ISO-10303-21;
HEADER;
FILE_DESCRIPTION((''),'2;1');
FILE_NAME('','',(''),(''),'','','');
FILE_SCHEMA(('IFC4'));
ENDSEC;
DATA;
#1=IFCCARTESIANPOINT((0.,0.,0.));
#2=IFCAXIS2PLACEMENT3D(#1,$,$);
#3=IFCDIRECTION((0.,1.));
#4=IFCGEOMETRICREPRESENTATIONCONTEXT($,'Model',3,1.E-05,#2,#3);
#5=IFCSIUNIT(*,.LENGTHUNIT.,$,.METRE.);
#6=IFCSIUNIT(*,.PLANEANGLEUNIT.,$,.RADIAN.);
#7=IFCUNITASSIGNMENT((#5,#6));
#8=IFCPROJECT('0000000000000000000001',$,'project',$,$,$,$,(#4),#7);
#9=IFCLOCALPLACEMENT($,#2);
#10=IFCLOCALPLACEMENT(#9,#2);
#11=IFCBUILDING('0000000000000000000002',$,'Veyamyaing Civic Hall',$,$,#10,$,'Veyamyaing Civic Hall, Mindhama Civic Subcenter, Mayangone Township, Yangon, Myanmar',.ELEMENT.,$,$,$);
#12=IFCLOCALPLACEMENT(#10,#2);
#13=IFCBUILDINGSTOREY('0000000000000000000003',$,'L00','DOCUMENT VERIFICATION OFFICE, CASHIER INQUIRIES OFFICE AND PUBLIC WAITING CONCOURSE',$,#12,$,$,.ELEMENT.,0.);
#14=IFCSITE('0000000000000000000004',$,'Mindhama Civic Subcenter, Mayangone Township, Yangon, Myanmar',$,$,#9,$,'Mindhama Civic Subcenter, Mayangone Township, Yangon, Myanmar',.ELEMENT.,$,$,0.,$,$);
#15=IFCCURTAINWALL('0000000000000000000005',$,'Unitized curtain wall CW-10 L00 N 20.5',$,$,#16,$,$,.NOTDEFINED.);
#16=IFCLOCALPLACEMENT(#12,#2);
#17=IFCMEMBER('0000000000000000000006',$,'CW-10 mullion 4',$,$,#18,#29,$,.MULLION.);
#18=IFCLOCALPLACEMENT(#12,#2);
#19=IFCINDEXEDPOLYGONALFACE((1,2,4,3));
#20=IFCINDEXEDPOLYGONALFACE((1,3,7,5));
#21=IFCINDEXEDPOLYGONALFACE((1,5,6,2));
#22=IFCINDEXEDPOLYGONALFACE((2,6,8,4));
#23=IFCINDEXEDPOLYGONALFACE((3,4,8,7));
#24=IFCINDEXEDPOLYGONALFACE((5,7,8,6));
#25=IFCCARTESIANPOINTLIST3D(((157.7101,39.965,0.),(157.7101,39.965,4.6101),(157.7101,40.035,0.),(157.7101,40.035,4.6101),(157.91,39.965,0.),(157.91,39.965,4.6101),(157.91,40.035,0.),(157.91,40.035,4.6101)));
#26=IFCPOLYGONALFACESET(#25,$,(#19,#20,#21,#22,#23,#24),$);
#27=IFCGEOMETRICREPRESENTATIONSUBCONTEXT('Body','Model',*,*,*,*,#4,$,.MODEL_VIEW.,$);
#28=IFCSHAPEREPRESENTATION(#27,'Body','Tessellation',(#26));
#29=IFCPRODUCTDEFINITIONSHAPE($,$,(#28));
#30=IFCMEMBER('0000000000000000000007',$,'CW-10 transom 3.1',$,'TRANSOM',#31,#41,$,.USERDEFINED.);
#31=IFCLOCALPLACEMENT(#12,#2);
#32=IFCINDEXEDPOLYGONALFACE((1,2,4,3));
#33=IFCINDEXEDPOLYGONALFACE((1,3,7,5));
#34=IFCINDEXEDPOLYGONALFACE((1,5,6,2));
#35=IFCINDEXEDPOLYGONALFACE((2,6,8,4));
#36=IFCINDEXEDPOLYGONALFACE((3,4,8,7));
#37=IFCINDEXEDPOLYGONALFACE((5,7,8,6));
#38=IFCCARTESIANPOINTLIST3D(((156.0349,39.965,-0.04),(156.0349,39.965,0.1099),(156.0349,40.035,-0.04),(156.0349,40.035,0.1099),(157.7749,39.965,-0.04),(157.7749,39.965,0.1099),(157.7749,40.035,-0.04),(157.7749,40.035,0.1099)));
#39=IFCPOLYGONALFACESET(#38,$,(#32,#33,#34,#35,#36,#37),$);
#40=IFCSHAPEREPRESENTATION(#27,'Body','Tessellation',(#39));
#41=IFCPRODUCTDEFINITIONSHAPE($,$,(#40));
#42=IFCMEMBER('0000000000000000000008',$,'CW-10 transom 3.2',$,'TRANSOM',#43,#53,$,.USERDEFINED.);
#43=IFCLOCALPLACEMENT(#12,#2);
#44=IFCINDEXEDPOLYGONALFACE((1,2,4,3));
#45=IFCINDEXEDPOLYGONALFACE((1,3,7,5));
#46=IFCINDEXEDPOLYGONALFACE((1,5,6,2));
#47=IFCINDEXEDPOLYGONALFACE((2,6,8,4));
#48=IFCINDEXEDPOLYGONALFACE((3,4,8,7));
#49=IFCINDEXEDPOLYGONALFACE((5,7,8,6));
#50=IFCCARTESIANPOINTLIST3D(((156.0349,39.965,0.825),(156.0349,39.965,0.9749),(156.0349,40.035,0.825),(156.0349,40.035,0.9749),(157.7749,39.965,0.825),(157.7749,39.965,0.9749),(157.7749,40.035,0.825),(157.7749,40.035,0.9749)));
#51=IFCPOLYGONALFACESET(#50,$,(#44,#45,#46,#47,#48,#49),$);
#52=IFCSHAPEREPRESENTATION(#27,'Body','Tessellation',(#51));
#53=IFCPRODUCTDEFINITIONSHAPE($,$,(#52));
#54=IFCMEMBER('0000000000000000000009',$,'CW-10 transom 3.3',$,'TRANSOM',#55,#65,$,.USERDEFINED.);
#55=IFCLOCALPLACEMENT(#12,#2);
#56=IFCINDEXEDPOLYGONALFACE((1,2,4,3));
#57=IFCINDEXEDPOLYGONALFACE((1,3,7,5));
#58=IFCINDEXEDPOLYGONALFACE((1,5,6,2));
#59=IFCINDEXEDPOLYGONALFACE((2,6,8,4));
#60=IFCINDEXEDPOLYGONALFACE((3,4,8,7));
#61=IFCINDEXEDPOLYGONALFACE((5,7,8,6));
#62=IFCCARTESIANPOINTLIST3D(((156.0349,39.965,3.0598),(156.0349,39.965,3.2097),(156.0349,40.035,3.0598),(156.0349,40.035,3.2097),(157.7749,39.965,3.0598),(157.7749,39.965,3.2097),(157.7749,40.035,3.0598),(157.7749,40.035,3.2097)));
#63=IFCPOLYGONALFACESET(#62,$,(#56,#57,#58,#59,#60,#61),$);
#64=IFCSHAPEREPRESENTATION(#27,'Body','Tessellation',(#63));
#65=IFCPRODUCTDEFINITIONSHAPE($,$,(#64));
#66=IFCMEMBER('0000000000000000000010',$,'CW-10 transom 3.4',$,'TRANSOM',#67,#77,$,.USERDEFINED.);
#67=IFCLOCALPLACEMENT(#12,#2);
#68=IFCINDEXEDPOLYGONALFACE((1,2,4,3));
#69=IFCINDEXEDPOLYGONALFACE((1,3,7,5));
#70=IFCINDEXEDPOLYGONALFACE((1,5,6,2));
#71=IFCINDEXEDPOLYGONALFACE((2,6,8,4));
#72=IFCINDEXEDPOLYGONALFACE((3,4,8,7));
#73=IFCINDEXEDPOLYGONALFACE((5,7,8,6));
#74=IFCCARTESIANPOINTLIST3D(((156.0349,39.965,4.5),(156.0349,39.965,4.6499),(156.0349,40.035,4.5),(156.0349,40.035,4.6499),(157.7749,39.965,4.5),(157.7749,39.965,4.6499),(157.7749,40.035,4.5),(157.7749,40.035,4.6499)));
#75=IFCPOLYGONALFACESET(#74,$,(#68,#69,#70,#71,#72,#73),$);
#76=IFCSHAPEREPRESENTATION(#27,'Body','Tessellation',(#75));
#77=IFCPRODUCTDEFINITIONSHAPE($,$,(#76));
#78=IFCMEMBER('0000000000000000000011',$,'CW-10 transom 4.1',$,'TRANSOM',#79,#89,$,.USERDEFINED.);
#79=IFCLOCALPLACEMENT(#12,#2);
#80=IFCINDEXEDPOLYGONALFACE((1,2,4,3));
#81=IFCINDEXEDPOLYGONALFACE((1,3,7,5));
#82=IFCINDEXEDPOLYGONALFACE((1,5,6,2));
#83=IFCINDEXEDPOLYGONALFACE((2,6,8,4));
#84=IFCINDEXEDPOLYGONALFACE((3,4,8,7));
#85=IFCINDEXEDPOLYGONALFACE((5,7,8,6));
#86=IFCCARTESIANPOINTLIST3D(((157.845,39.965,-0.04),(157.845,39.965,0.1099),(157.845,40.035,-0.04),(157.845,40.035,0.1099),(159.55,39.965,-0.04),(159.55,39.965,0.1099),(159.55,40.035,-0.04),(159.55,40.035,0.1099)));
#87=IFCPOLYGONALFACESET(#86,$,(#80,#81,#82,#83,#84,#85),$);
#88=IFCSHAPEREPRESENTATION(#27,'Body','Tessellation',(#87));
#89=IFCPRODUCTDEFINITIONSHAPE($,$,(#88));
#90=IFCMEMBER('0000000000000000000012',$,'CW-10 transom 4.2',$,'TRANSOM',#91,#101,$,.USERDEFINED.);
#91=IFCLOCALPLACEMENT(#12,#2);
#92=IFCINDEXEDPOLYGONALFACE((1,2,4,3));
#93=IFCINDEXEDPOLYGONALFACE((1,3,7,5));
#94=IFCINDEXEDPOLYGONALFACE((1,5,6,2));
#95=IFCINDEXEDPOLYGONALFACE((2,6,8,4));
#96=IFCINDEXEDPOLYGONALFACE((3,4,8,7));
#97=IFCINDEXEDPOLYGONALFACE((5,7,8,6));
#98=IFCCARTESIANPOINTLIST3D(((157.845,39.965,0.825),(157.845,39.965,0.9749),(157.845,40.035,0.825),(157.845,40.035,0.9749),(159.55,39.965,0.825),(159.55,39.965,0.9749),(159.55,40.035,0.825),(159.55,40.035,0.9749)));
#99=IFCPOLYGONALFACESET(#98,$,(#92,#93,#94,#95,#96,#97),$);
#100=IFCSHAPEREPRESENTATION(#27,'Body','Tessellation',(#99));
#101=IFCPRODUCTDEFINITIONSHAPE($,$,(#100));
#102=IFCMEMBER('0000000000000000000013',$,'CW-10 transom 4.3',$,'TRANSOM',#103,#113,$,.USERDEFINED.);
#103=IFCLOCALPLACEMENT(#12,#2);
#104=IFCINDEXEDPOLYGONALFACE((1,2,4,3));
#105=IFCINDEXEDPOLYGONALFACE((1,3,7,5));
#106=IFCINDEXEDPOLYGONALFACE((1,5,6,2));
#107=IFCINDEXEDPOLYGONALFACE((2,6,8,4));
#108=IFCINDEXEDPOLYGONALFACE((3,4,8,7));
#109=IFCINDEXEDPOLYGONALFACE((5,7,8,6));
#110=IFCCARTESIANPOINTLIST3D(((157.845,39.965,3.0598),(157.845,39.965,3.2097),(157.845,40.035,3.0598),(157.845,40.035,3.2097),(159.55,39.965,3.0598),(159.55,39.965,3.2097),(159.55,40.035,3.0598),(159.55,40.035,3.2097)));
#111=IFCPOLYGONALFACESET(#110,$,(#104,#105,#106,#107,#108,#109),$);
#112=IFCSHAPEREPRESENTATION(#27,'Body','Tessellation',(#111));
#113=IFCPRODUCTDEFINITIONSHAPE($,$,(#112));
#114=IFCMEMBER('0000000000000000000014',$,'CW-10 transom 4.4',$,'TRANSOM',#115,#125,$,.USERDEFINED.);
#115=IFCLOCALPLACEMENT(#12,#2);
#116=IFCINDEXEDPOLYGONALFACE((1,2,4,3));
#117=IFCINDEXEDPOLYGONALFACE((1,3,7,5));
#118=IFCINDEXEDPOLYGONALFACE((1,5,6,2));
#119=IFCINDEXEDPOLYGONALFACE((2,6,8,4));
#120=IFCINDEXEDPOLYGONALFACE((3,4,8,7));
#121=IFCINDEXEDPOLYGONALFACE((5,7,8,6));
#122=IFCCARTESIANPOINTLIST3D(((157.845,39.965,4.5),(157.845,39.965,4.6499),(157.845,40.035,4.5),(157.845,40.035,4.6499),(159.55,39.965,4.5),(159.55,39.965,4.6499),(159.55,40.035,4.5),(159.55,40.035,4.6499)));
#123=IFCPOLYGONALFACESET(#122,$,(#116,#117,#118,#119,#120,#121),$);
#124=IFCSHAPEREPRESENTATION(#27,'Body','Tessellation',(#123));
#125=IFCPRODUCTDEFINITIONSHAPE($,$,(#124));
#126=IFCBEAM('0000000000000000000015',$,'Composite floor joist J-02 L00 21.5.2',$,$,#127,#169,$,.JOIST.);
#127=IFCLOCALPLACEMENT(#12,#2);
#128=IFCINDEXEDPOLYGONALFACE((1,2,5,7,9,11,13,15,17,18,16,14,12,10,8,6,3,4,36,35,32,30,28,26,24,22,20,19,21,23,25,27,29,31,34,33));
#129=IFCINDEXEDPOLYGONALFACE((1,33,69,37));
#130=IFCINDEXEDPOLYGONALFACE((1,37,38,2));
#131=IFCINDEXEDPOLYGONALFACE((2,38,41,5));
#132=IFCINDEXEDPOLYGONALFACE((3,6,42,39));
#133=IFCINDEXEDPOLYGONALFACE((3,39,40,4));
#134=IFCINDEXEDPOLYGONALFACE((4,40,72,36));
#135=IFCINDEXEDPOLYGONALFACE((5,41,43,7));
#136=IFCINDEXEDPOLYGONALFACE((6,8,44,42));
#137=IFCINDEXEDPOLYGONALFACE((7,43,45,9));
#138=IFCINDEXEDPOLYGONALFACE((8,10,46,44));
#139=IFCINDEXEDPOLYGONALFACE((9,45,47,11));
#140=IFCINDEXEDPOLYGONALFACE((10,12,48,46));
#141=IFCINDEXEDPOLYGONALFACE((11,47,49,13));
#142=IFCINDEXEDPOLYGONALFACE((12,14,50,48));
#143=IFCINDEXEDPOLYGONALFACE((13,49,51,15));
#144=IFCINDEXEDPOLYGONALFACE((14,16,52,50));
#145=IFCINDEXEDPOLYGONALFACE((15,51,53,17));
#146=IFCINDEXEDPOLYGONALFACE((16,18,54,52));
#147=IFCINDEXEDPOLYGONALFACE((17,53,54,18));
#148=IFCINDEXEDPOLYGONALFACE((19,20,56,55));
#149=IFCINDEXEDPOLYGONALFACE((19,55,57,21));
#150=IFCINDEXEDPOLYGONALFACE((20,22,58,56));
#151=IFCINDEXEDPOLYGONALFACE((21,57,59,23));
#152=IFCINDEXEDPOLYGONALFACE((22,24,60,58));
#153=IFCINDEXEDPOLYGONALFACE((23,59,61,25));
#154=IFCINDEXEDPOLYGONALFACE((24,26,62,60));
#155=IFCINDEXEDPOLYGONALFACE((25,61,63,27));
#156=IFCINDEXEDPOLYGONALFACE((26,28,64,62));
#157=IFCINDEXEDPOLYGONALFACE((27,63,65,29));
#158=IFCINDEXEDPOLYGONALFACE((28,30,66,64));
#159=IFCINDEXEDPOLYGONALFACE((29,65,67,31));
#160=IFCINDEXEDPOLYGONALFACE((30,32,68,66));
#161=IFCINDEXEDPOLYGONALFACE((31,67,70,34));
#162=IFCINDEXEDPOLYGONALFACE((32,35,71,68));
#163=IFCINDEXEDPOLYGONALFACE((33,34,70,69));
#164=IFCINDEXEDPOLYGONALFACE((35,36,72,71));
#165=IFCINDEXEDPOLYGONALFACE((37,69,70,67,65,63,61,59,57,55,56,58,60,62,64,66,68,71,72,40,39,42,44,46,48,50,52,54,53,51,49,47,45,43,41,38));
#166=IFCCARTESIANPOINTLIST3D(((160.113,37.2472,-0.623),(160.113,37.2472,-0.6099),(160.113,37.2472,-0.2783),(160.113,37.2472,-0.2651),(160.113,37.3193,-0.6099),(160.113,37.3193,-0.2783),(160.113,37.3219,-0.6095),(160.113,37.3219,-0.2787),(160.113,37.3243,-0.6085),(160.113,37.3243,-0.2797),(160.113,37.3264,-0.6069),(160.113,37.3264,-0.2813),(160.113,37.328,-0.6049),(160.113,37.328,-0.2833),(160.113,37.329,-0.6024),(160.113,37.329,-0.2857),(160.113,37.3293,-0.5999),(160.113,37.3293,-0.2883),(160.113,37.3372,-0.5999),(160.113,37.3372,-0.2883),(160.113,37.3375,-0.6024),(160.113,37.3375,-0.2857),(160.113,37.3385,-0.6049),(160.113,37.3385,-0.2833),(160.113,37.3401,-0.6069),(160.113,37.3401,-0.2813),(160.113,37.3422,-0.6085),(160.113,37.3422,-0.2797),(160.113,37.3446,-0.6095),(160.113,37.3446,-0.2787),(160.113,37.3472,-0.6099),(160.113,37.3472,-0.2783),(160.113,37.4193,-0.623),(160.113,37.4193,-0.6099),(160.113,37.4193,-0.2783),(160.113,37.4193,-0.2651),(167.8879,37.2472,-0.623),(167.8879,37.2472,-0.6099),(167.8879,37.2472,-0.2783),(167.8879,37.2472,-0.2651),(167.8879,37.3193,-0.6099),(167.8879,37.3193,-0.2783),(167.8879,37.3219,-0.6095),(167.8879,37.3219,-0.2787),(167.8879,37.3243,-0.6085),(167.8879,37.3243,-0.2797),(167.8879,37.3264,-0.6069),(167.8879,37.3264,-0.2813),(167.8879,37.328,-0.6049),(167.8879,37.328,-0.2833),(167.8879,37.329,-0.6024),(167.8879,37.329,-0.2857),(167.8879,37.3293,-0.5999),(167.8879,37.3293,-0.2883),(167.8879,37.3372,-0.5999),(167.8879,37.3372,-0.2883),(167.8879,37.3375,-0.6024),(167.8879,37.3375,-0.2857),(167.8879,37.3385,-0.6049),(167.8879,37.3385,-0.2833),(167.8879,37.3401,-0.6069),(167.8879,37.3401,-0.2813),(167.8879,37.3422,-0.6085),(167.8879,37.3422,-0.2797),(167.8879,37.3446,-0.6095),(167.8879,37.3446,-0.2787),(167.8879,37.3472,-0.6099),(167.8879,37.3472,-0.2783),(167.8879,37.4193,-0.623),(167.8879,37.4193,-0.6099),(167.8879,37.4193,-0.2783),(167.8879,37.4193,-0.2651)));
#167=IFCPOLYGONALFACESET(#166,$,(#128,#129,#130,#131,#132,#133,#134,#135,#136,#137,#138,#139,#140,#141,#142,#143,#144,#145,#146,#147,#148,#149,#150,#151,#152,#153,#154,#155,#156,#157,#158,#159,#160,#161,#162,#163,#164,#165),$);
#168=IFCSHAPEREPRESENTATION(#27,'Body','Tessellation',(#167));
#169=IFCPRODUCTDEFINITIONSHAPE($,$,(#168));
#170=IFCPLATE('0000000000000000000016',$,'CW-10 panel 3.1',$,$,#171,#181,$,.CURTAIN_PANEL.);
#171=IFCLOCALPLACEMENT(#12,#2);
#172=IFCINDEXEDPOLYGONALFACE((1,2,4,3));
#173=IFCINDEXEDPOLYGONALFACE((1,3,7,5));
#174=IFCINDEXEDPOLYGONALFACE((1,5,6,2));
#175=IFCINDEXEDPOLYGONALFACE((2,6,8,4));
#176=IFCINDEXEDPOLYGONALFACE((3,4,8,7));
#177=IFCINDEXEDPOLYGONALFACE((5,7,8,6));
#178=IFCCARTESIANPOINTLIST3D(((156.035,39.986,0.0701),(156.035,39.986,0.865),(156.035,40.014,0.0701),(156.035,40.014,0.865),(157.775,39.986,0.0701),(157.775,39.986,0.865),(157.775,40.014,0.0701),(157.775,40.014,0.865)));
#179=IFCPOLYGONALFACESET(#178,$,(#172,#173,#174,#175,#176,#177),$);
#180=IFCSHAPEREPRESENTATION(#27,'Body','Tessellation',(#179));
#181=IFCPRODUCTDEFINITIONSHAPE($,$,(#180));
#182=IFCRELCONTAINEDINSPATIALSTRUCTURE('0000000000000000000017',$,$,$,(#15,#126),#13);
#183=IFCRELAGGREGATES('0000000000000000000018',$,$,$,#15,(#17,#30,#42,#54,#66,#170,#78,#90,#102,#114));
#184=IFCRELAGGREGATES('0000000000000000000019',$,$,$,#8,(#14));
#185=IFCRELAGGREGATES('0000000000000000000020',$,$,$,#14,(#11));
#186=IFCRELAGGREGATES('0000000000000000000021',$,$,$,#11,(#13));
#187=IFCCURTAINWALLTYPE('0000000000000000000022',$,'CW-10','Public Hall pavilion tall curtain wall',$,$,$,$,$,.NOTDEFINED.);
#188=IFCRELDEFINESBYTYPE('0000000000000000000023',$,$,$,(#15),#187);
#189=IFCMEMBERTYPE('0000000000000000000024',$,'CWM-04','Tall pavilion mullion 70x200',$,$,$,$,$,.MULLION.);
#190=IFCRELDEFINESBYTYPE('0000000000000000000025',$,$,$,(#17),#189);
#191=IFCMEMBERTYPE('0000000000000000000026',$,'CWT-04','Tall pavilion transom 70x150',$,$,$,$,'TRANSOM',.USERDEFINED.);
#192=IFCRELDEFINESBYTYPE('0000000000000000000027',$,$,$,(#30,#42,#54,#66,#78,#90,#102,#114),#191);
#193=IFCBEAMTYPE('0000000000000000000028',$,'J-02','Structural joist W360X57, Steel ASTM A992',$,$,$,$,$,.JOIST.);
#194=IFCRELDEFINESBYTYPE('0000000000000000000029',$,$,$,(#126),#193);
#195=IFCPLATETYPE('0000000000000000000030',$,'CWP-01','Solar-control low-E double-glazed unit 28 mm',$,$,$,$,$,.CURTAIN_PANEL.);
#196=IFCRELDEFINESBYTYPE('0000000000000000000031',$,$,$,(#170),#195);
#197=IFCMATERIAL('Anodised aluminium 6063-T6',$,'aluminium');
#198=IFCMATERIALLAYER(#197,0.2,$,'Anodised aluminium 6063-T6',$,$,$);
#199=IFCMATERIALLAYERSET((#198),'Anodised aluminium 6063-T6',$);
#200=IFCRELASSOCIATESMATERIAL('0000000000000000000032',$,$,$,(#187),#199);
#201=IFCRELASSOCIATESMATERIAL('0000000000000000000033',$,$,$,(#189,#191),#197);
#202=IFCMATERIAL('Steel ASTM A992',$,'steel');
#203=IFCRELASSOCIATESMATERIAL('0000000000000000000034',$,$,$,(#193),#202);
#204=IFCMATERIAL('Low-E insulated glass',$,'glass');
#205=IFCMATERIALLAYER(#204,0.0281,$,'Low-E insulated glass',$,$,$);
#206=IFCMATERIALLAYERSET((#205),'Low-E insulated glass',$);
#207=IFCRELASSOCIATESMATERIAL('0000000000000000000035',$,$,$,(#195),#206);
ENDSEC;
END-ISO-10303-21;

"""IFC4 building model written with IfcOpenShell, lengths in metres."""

from ifc_helpers import new_model, si_unit, direction, frame, origin, origin_2d, place, context, subcontext, project, spatial, rectangle, i_section, extrude, material, layer, layer_set, material_profile, profile_set, type_object, element, aggregate, save


model = new_model("IFC4")

# Units and contexts
model_context = context("Model", 3, precision=1e-05, world=origin(), true_north=direction((0.0, 1.0)))
body_context = subcontext(model_context, "Body", "Model", "MODEL_VIEW")
ifc_project = project(units=[si_unit("LENGTHUNIT", "METRE"), si_unit("PLANEANGLEUNIT", "RADIAN")], contexts=[model_context])

# Site, building, storey
site_placement = place(None, origin())
site = spatial("IfcSite", under=ifc_project, at=site_placement, Name="Mindhama Civic Subcenter, Mayangone Township, Yangon, Myanmar", LongName="Mindhama Civic Subcenter, Mayangone Township, Yangon, Myanmar", CompositionType="ELEMENT", RefElevation=0.0)
building_placement = place(site_placement, origin())
building = spatial("IfcBuilding", under=site, at=building_placement, Name="Veyamyaing Civic Hall", LongName="Veyamyaing Civic Hall, Mindhama Civic Subcenter, Mayangone Township, Yangon, Myanmar", CompositionType="ELEMENT")
storey_placement = place(building_placement, origin())
storey = spatial("IfcBuildingStorey", under=building, at=storey_placement, Name="L00", Description="DOCUMENT VERIFICATION OFFICE, CASHIER INQUIRIES OFFICE AND PUBLIC WAITING CONCOURSE", CompositionType="ELEMENT", Elevation=0.0)

# Curtain wall, members
ifc_material_1 = material(Name="Anodised aluminium 6063-T6", Category="aluminium")
ifc_layer_1 = layer(ifc_material_1, 0.2, Name="Anodised aluminium 6063-T6")
ifc_layer_set_1 = layer_set([ifc_layer_1], Name="Anodised aluminium 6063-T6")
curtain_wall_type = type_object("IfcCurtainWallType", Name="CW-10", Description="Public Hall pavilion tall curtain wall", PredefinedType="NOTDEFINED", material=ifc_layer_set_1)
curtain_wall_placement = place(storey_placement, origin())
curtain_wall = element("IfcCurtainWall", 1, at=curtain_wall_placement, inside=storey, type_object=curtain_wall_type, Name="Unitized curtain wall CW-10 L00 N 20.5", PredefinedType="NOTDEFINED")
ifc_material_profile_1 = material_profile(ifc_material_1, rectangle(XDim=0.0701, YDim=0.2, at=origin_2d()), Name="ALU-MUL-70X200")
ifc_profile_set_1 = profile_set([ifc_material_profile_1], Name="Anodised aluminium 6063-T6")
member_type_1 = type_object("IfcMemberType", Name="CWM-04", Description="Tall pavilion mullion 70x200", PredefinedType="MULLION", material=ifc_profile_set_1)
member_1_placement = place(storey_placement, frame((157.8101, 40.0, 0.0), z_axis=(0.0, 0.0, 1.0), x_axis=(0.0, 1.0, 0.0)))
member_1 = element("IfcMember", 2, at=member_1_placement, type_object=member_type_1, Name="CW-10 mullion 4", PredefinedType="MULLION", context=body_context, shape_type="SweptSolid", body=[
    extrude(rectangle(XDim=0.0701, YDim=0.2, at=origin_2d()), origin(), (0.0, 0.0, 1.0), 4.6101),
])
ifc_material_profile_2 = material_profile(ifc_material_1, rectangle(XDim=0.0701, YDim=0.1499, at=origin_2d()), Name="ALU-TRN-70X150")
ifc_profile_set_2 = profile_set([ifc_material_profile_2], Name="Anodised aluminium 6063-T6")
member_type_2 = type_object("IfcMemberType", Name="CWT-04", Description="Tall pavilion transom 70x150", ElementType="TRANSOM", PredefinedType="USERDEFINED", material=ifc_profile_set_2)
member_2_placement = place(storey_placement, frame((156.0349, 40.0, 0.0349), z_axis=(1.0, 0.0, 0.0), x_axis=(0.0, 1.0, 0.0)))
member_2 = element("IfcMember", 3, at=member_2_placement, type_object=member_type_2, Name="CW-10 transom 3.1", ObjectType="TRANSOM", PredefinedType="USERDEFINED", context=body_context, shape_type="SweptSolid", body=[
    extrude(rectangle(XDim=0.0701, YDim=0.1499, at=origin_2d()), origin(), (0.0, 0.0, 1.0), 1.74),
])
member_3_placement = place(storey_placement, frame((156.0349, 40.0, 0.8999), z_axis=(1.0, 0.0, 0.0), x_axis=(0.0, 1.0, 0.0)))
member_3 = element("IfcMember", 4, at=member_3_placement, type_object=member_type_2, Name="CW-10 transom 3.2", ObjectType="TRANSOM", PredefinedType="USERDEFINED", context=body_context, shape_type="SweptSolid", body=[
    extrude(rectangle(XDim=0.0701, YDim=0.1499, at=origin_2d()), origin(), (0.0, 0.0, 1.0), 1.74),
])
member_4_placement = place(storey_placement, frame((156.0349, 40.0, 3.1348), z_axis=(1.0, 0.0, 0.0), x_axis=(0.0, 1.0, 0.0)))
member_4 = element("IfcMember", 5, at=member_4_placement, type_object=member_type_2, Name="CW-10 transom 3.3", ObjectType="TRANSOM", PredefinedType="USERDEFINED", context=body_context, shape_type="SweptSolid", body=[
    extrude(rectangle(XDim=0.0701, YDim=0.1499, at=origin_2d()), origin(), (0.0, 0.0, 1.0), 1.74),
])
member_5_placement = place(storey_placement, frame((156.0349, 40.0, 4.575), z_axis=(1.0, 0.0, 0.0), x_axis=(0.0, 1.0, 0.0)))
member_5 = element("IfcMember", 6, at=member_5_placement, type_object=member_type_2, Name="CW-10 transom 3.4", ObjectType="TRANSOM", PredefinedType="USERDEFINED", context=body_context, shape_type="SweptSolid", body=[
    extrude(rectangle(XDim=0.0701, YDim=0.1499, at=origin_2d()), origin(), (0.0, 0.0, 1.0), 1.74),
])
member_6_placement = place(storey_placement, frame((157.845, 40.0, 0.0349), z_axis=(1.0, 0.0, 0.0), x_axis=(0.0, 1.0, 0.0)))
member_6 = element("IfcMember", 7, at=member_6_placement, type_object=member_type_2, Name="CW-10 transom 4.1", ObjectType="TRANSOM", PredefinedType="USERDEFINED", context=body_context, shape_type="SweptSolid", body=[
    extrude(rectangle(XDim=0.0701, YDim=0.1499, at=origin_2d()), origin(), (0.0, 0.0, 1.0), 1.7051),
])
member_7_placement = place(storey_placement, frame((157.845, 40.0, 0.8999), z_axis=(1.0, 0.0, 0.0), x_axis=(0.0, 1.0, 0.0)))
member_7 = element("IfcMember", 8, at=member_7_placement, type_object=member_type_2, Name="CW-10 transom 4.2", ObjectType="TRANSOM", PredefinedType="USERDEFINED", context=body_context, shape_type="SweptSolid", body=[
    extrude(rectangle(XDim=0.0701, YDim=0.1499, at=origin_2d()), origin(), (0.0, 0.0, 1.0), 1.7051),
])
member_8_placement = place(storey_placement, frame((157.845, 40.0, 3.1348), z_axis=(1.0, 0.0, 0.0), x_axis=(0.0, 1.0, 0.0)))
member_8 = element("IfcMember", 9, at=member_8_placement, type_object=member_type_2, Name="CW-10 transom 4.3", ObjectType="TRANSOM", PredefinedType="USERDEFINED", context=body_context, shape_type="SweptSolid", body=[
    extrude(rectangle(XDim=0.0701, YDim=0.1499, at=origin_2d()), origin(), (0.0, 0.0, 1.0), 1.7051),
])
member_9_placement = place(storey_placement, frame((157.845, 40.0, 4.575), z_axis=(1.0, 0.0, 0.0), x_axis=(0.0, 1.0, 0.0)))
member_9 = element("IfcMember", 10, at=member_9_placement, type_object=member_type_2, Name="CW-10 transom 4.4", ObjectType="TRANSOM", PredefinedType="USERDEFINED", context=body_context, shape_type="SweptSolid", body=[
    extrude(rectangle(XDim=0.0701, YDim=0.1499, at=origin_2d()), origin(), (0.0, 0.0, 1.0), 1.7051),
])

# Beam
ifc_material_2 = material(Name="Steel ASTM A992", Category="steel")
ifc_material_profile_3 = material_profile(ifc_material_2, i_section(OverallWidth=0.1721, OverallDepth=0.3579, WebThickness=0.0078, FlangeThickness=0.0132, FilletRadius=0.01, at=origin_2d()), Name="W360X57")
ifc_profile_set_3 = profile_set([ifc_material_profile_3], Name="Steel ASTM A992")
beam_type = type_object("IfcBeamType", Name="J-02", Description="Structural joist W360X57, Steel ASTM A992", PredefinedType="JOIST", material=ifc_profile_set_3)
beam_placement = place(storey_placement, frame((160.113, 37.3333, -0.4441), z_axis=(1.0, 0.0, 0.0), x_axis=(0.0, 1.0, 0.0)))
element("IfcBeam", 11, at=beam_placement, inside=storey, type_object=beam_type, Name="Composite floor joist J-02 L00 21.5.2", PredefinedType="JOIST", context=body_context, shape_type="SweptSolid", body=[
    extrude(i_section(OverallWidth=0.1721, OverallDepth=0.3579, WebThickness=0.0078, FlangeThickness=0.0132, FilletRadius=0.01, at=origin_2d()), origin(), (0.0, 0.0, 1.0), 7.7749),
])

# Plate
ifc_material_3 = material(Name="Low-E insulated glass", Category="glass")
ifc_layer_2 = layer(ifc_material_3, 0.0281, Name="Low-E insulated glass")
ifc_layer_set_2 = layer_set([ifc_layer_2], Name="Low-E insulated glass")
plate_type = type_object("IfcPlateType", Name="CWP-01", Description="Solar-control low-E double-glazed unit 28 mm", PredefinedType="CURTAIN_PANEL", material=ifc_layer_set_2)
plate_1_placement = place(storey_placement, frame((156.905, 40.0, 0.0701), z_axis=(0.0, 0.0, 1.0), x_axis=(1.0, 0.0, 0.0)))
plate_1 = element("IfcPlate", 12, at=plate_1_placement, type_object=plate_type, Name="CW-10 panel 3.1", PredefinedType="CURTAIN_PANEL", context=body_context, shape_type="SweptSolid", body=[
    extrude(rectangle(XDim=1.74, YDim=0.0281, at=origin_2d()), origin(), (0.0, 0.0, 1.0), 0.7949),
])
aggregate(curtain_wall, [member_1, member_2, member_3, member_4, member_5, plate_1, member_6, member_7, member_8, member_9])

save(model, "model.ifc")
